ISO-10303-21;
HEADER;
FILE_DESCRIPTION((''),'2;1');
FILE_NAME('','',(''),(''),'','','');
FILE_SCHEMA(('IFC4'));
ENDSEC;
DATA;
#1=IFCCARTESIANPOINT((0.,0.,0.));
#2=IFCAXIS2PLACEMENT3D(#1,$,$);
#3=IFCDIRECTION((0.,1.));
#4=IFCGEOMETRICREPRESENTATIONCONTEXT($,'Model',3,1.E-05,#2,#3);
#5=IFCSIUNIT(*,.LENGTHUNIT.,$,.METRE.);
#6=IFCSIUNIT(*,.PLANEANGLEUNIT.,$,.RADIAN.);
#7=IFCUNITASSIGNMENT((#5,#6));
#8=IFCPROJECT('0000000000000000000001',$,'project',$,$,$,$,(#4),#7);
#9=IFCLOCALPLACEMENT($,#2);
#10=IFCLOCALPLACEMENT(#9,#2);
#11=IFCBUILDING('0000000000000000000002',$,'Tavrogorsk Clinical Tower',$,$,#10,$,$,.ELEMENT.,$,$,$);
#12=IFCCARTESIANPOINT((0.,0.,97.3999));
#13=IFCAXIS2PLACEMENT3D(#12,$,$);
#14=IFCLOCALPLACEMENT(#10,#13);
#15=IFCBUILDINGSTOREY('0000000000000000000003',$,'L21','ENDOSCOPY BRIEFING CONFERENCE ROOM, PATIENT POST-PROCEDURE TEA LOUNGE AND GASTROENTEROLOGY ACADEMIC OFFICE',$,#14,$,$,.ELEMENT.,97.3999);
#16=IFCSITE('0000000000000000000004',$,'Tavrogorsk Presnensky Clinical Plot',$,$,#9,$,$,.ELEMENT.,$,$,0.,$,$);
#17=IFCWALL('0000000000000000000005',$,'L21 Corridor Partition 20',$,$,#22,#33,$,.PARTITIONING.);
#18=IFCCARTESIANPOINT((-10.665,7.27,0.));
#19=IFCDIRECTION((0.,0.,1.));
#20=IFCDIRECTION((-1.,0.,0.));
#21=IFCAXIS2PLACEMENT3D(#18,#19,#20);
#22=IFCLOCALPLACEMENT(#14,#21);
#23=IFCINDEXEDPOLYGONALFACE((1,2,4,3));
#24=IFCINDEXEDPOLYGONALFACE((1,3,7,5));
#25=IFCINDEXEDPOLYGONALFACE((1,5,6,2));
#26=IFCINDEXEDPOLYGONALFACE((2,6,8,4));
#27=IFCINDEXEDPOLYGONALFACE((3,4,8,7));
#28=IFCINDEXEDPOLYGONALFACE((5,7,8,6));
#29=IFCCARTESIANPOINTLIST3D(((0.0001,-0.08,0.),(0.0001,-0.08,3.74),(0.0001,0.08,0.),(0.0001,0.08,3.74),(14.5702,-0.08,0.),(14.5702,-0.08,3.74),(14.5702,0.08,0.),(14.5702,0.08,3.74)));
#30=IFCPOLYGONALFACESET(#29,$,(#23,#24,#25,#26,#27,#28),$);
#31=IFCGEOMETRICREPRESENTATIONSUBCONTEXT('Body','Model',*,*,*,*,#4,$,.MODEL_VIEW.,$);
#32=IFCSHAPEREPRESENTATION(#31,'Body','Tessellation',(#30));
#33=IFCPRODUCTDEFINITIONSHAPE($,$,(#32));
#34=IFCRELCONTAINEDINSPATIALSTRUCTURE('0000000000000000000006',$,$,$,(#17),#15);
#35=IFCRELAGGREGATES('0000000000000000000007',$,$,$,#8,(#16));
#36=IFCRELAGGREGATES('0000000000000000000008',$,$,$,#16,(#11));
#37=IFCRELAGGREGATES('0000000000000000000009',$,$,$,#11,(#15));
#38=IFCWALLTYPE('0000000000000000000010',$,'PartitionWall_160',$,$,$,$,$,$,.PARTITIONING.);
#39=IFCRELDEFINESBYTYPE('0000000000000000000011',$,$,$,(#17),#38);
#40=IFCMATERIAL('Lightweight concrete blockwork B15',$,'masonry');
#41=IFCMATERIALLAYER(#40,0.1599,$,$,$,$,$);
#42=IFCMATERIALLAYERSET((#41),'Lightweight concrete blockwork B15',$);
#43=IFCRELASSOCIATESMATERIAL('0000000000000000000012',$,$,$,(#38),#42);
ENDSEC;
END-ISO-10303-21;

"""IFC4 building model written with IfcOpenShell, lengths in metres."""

from ifc_helpers import new_model, si_unit, direction, frame, frame_2d, origin, place, context, subcontext, project, spatial, rectangle, extrude, material, layer, layer_set, type_object, element, save


model = new_model("IFC4")

# Units and contexts
model_context = context("Model", 3, precision=1e-05, world=origin(), true_north=direction((0.0, 1.0)))
body_context = subcontext(model_context, "Body", "Model", "MODEL_VIEW")
ifc_project = project(units=[si_unit("LENGTHUNIT", "METRE"), si_unit("PLANEANGLEUNIT", "RADIAN")], contexts=[model_context])

# Site, building, storey
site_placement = place(None, origin())
site = spatial("IfcSite", under=ifc_project, at=site_placement, Name="Tavrogorsk Presnensky Clinical Plot", CompositionType="ELEMENT", RefElevation=0.0)
building_placement = place(site_placement, origin())
building = spatial("IfcBuilding", under=site, at=building_placement, Name="Tavrogorsk Clinical Tower", CompositionType="ELEMENT")
storey_placement = place(building_placement, frame((0.0, 0.0, 97.3999)))
storey = spatial("IfcBuildingStorey", under=building, at=storey_placement, Name="L21", Description="ENDOSCOPY BRIEFING CONFERENCE ROOM, PATIENT POST-PROCEDURE TEA LOUNGE AND GASTROENTEROLOGY ACADEMIC OFFICE", CompositionType="ELEMENT", Elevation=97.3999)

# Shared definitions
ifc_material_1 = material(Name="Lightweight concrete blockwork B15", Category="masonry")
ifc_layer_1 = layer(ifc_material_1, 0.1599)
ifc_layer_set_1 = layer_set([ifc_layer_1], Name="Lightweight concrete blockwork B15")
wall_type_1 = type_object("IfcWallType", Name="PartitionWall_160", PredefinedType="PARTITIONING", material=ifc_layer_set_1)

# Wall
wall_1_placement = place(storey_placement, frame((-10.665, 7.27, 0.0), z_axis=(0.0, 0.0, 1.0), x_axis=(-1.0, 0.0, 0.0)))
element("IfcWall", 1, at=wall_1_placement, inside=storey, type_object=wall_type_1, Name="L21 Corridor Partition 20", PredefinedType="PARTITIONING", context=body_context, shape_type="SweptSolid", body=[
    extrude(rectangle(XDim=14.5701, YDim=0.1599, at=frame_2d((7.2852, 0.0))), origin(), (0.0, 0.0, 1.0), 3.74),
])

save(model, "model.ifc")
